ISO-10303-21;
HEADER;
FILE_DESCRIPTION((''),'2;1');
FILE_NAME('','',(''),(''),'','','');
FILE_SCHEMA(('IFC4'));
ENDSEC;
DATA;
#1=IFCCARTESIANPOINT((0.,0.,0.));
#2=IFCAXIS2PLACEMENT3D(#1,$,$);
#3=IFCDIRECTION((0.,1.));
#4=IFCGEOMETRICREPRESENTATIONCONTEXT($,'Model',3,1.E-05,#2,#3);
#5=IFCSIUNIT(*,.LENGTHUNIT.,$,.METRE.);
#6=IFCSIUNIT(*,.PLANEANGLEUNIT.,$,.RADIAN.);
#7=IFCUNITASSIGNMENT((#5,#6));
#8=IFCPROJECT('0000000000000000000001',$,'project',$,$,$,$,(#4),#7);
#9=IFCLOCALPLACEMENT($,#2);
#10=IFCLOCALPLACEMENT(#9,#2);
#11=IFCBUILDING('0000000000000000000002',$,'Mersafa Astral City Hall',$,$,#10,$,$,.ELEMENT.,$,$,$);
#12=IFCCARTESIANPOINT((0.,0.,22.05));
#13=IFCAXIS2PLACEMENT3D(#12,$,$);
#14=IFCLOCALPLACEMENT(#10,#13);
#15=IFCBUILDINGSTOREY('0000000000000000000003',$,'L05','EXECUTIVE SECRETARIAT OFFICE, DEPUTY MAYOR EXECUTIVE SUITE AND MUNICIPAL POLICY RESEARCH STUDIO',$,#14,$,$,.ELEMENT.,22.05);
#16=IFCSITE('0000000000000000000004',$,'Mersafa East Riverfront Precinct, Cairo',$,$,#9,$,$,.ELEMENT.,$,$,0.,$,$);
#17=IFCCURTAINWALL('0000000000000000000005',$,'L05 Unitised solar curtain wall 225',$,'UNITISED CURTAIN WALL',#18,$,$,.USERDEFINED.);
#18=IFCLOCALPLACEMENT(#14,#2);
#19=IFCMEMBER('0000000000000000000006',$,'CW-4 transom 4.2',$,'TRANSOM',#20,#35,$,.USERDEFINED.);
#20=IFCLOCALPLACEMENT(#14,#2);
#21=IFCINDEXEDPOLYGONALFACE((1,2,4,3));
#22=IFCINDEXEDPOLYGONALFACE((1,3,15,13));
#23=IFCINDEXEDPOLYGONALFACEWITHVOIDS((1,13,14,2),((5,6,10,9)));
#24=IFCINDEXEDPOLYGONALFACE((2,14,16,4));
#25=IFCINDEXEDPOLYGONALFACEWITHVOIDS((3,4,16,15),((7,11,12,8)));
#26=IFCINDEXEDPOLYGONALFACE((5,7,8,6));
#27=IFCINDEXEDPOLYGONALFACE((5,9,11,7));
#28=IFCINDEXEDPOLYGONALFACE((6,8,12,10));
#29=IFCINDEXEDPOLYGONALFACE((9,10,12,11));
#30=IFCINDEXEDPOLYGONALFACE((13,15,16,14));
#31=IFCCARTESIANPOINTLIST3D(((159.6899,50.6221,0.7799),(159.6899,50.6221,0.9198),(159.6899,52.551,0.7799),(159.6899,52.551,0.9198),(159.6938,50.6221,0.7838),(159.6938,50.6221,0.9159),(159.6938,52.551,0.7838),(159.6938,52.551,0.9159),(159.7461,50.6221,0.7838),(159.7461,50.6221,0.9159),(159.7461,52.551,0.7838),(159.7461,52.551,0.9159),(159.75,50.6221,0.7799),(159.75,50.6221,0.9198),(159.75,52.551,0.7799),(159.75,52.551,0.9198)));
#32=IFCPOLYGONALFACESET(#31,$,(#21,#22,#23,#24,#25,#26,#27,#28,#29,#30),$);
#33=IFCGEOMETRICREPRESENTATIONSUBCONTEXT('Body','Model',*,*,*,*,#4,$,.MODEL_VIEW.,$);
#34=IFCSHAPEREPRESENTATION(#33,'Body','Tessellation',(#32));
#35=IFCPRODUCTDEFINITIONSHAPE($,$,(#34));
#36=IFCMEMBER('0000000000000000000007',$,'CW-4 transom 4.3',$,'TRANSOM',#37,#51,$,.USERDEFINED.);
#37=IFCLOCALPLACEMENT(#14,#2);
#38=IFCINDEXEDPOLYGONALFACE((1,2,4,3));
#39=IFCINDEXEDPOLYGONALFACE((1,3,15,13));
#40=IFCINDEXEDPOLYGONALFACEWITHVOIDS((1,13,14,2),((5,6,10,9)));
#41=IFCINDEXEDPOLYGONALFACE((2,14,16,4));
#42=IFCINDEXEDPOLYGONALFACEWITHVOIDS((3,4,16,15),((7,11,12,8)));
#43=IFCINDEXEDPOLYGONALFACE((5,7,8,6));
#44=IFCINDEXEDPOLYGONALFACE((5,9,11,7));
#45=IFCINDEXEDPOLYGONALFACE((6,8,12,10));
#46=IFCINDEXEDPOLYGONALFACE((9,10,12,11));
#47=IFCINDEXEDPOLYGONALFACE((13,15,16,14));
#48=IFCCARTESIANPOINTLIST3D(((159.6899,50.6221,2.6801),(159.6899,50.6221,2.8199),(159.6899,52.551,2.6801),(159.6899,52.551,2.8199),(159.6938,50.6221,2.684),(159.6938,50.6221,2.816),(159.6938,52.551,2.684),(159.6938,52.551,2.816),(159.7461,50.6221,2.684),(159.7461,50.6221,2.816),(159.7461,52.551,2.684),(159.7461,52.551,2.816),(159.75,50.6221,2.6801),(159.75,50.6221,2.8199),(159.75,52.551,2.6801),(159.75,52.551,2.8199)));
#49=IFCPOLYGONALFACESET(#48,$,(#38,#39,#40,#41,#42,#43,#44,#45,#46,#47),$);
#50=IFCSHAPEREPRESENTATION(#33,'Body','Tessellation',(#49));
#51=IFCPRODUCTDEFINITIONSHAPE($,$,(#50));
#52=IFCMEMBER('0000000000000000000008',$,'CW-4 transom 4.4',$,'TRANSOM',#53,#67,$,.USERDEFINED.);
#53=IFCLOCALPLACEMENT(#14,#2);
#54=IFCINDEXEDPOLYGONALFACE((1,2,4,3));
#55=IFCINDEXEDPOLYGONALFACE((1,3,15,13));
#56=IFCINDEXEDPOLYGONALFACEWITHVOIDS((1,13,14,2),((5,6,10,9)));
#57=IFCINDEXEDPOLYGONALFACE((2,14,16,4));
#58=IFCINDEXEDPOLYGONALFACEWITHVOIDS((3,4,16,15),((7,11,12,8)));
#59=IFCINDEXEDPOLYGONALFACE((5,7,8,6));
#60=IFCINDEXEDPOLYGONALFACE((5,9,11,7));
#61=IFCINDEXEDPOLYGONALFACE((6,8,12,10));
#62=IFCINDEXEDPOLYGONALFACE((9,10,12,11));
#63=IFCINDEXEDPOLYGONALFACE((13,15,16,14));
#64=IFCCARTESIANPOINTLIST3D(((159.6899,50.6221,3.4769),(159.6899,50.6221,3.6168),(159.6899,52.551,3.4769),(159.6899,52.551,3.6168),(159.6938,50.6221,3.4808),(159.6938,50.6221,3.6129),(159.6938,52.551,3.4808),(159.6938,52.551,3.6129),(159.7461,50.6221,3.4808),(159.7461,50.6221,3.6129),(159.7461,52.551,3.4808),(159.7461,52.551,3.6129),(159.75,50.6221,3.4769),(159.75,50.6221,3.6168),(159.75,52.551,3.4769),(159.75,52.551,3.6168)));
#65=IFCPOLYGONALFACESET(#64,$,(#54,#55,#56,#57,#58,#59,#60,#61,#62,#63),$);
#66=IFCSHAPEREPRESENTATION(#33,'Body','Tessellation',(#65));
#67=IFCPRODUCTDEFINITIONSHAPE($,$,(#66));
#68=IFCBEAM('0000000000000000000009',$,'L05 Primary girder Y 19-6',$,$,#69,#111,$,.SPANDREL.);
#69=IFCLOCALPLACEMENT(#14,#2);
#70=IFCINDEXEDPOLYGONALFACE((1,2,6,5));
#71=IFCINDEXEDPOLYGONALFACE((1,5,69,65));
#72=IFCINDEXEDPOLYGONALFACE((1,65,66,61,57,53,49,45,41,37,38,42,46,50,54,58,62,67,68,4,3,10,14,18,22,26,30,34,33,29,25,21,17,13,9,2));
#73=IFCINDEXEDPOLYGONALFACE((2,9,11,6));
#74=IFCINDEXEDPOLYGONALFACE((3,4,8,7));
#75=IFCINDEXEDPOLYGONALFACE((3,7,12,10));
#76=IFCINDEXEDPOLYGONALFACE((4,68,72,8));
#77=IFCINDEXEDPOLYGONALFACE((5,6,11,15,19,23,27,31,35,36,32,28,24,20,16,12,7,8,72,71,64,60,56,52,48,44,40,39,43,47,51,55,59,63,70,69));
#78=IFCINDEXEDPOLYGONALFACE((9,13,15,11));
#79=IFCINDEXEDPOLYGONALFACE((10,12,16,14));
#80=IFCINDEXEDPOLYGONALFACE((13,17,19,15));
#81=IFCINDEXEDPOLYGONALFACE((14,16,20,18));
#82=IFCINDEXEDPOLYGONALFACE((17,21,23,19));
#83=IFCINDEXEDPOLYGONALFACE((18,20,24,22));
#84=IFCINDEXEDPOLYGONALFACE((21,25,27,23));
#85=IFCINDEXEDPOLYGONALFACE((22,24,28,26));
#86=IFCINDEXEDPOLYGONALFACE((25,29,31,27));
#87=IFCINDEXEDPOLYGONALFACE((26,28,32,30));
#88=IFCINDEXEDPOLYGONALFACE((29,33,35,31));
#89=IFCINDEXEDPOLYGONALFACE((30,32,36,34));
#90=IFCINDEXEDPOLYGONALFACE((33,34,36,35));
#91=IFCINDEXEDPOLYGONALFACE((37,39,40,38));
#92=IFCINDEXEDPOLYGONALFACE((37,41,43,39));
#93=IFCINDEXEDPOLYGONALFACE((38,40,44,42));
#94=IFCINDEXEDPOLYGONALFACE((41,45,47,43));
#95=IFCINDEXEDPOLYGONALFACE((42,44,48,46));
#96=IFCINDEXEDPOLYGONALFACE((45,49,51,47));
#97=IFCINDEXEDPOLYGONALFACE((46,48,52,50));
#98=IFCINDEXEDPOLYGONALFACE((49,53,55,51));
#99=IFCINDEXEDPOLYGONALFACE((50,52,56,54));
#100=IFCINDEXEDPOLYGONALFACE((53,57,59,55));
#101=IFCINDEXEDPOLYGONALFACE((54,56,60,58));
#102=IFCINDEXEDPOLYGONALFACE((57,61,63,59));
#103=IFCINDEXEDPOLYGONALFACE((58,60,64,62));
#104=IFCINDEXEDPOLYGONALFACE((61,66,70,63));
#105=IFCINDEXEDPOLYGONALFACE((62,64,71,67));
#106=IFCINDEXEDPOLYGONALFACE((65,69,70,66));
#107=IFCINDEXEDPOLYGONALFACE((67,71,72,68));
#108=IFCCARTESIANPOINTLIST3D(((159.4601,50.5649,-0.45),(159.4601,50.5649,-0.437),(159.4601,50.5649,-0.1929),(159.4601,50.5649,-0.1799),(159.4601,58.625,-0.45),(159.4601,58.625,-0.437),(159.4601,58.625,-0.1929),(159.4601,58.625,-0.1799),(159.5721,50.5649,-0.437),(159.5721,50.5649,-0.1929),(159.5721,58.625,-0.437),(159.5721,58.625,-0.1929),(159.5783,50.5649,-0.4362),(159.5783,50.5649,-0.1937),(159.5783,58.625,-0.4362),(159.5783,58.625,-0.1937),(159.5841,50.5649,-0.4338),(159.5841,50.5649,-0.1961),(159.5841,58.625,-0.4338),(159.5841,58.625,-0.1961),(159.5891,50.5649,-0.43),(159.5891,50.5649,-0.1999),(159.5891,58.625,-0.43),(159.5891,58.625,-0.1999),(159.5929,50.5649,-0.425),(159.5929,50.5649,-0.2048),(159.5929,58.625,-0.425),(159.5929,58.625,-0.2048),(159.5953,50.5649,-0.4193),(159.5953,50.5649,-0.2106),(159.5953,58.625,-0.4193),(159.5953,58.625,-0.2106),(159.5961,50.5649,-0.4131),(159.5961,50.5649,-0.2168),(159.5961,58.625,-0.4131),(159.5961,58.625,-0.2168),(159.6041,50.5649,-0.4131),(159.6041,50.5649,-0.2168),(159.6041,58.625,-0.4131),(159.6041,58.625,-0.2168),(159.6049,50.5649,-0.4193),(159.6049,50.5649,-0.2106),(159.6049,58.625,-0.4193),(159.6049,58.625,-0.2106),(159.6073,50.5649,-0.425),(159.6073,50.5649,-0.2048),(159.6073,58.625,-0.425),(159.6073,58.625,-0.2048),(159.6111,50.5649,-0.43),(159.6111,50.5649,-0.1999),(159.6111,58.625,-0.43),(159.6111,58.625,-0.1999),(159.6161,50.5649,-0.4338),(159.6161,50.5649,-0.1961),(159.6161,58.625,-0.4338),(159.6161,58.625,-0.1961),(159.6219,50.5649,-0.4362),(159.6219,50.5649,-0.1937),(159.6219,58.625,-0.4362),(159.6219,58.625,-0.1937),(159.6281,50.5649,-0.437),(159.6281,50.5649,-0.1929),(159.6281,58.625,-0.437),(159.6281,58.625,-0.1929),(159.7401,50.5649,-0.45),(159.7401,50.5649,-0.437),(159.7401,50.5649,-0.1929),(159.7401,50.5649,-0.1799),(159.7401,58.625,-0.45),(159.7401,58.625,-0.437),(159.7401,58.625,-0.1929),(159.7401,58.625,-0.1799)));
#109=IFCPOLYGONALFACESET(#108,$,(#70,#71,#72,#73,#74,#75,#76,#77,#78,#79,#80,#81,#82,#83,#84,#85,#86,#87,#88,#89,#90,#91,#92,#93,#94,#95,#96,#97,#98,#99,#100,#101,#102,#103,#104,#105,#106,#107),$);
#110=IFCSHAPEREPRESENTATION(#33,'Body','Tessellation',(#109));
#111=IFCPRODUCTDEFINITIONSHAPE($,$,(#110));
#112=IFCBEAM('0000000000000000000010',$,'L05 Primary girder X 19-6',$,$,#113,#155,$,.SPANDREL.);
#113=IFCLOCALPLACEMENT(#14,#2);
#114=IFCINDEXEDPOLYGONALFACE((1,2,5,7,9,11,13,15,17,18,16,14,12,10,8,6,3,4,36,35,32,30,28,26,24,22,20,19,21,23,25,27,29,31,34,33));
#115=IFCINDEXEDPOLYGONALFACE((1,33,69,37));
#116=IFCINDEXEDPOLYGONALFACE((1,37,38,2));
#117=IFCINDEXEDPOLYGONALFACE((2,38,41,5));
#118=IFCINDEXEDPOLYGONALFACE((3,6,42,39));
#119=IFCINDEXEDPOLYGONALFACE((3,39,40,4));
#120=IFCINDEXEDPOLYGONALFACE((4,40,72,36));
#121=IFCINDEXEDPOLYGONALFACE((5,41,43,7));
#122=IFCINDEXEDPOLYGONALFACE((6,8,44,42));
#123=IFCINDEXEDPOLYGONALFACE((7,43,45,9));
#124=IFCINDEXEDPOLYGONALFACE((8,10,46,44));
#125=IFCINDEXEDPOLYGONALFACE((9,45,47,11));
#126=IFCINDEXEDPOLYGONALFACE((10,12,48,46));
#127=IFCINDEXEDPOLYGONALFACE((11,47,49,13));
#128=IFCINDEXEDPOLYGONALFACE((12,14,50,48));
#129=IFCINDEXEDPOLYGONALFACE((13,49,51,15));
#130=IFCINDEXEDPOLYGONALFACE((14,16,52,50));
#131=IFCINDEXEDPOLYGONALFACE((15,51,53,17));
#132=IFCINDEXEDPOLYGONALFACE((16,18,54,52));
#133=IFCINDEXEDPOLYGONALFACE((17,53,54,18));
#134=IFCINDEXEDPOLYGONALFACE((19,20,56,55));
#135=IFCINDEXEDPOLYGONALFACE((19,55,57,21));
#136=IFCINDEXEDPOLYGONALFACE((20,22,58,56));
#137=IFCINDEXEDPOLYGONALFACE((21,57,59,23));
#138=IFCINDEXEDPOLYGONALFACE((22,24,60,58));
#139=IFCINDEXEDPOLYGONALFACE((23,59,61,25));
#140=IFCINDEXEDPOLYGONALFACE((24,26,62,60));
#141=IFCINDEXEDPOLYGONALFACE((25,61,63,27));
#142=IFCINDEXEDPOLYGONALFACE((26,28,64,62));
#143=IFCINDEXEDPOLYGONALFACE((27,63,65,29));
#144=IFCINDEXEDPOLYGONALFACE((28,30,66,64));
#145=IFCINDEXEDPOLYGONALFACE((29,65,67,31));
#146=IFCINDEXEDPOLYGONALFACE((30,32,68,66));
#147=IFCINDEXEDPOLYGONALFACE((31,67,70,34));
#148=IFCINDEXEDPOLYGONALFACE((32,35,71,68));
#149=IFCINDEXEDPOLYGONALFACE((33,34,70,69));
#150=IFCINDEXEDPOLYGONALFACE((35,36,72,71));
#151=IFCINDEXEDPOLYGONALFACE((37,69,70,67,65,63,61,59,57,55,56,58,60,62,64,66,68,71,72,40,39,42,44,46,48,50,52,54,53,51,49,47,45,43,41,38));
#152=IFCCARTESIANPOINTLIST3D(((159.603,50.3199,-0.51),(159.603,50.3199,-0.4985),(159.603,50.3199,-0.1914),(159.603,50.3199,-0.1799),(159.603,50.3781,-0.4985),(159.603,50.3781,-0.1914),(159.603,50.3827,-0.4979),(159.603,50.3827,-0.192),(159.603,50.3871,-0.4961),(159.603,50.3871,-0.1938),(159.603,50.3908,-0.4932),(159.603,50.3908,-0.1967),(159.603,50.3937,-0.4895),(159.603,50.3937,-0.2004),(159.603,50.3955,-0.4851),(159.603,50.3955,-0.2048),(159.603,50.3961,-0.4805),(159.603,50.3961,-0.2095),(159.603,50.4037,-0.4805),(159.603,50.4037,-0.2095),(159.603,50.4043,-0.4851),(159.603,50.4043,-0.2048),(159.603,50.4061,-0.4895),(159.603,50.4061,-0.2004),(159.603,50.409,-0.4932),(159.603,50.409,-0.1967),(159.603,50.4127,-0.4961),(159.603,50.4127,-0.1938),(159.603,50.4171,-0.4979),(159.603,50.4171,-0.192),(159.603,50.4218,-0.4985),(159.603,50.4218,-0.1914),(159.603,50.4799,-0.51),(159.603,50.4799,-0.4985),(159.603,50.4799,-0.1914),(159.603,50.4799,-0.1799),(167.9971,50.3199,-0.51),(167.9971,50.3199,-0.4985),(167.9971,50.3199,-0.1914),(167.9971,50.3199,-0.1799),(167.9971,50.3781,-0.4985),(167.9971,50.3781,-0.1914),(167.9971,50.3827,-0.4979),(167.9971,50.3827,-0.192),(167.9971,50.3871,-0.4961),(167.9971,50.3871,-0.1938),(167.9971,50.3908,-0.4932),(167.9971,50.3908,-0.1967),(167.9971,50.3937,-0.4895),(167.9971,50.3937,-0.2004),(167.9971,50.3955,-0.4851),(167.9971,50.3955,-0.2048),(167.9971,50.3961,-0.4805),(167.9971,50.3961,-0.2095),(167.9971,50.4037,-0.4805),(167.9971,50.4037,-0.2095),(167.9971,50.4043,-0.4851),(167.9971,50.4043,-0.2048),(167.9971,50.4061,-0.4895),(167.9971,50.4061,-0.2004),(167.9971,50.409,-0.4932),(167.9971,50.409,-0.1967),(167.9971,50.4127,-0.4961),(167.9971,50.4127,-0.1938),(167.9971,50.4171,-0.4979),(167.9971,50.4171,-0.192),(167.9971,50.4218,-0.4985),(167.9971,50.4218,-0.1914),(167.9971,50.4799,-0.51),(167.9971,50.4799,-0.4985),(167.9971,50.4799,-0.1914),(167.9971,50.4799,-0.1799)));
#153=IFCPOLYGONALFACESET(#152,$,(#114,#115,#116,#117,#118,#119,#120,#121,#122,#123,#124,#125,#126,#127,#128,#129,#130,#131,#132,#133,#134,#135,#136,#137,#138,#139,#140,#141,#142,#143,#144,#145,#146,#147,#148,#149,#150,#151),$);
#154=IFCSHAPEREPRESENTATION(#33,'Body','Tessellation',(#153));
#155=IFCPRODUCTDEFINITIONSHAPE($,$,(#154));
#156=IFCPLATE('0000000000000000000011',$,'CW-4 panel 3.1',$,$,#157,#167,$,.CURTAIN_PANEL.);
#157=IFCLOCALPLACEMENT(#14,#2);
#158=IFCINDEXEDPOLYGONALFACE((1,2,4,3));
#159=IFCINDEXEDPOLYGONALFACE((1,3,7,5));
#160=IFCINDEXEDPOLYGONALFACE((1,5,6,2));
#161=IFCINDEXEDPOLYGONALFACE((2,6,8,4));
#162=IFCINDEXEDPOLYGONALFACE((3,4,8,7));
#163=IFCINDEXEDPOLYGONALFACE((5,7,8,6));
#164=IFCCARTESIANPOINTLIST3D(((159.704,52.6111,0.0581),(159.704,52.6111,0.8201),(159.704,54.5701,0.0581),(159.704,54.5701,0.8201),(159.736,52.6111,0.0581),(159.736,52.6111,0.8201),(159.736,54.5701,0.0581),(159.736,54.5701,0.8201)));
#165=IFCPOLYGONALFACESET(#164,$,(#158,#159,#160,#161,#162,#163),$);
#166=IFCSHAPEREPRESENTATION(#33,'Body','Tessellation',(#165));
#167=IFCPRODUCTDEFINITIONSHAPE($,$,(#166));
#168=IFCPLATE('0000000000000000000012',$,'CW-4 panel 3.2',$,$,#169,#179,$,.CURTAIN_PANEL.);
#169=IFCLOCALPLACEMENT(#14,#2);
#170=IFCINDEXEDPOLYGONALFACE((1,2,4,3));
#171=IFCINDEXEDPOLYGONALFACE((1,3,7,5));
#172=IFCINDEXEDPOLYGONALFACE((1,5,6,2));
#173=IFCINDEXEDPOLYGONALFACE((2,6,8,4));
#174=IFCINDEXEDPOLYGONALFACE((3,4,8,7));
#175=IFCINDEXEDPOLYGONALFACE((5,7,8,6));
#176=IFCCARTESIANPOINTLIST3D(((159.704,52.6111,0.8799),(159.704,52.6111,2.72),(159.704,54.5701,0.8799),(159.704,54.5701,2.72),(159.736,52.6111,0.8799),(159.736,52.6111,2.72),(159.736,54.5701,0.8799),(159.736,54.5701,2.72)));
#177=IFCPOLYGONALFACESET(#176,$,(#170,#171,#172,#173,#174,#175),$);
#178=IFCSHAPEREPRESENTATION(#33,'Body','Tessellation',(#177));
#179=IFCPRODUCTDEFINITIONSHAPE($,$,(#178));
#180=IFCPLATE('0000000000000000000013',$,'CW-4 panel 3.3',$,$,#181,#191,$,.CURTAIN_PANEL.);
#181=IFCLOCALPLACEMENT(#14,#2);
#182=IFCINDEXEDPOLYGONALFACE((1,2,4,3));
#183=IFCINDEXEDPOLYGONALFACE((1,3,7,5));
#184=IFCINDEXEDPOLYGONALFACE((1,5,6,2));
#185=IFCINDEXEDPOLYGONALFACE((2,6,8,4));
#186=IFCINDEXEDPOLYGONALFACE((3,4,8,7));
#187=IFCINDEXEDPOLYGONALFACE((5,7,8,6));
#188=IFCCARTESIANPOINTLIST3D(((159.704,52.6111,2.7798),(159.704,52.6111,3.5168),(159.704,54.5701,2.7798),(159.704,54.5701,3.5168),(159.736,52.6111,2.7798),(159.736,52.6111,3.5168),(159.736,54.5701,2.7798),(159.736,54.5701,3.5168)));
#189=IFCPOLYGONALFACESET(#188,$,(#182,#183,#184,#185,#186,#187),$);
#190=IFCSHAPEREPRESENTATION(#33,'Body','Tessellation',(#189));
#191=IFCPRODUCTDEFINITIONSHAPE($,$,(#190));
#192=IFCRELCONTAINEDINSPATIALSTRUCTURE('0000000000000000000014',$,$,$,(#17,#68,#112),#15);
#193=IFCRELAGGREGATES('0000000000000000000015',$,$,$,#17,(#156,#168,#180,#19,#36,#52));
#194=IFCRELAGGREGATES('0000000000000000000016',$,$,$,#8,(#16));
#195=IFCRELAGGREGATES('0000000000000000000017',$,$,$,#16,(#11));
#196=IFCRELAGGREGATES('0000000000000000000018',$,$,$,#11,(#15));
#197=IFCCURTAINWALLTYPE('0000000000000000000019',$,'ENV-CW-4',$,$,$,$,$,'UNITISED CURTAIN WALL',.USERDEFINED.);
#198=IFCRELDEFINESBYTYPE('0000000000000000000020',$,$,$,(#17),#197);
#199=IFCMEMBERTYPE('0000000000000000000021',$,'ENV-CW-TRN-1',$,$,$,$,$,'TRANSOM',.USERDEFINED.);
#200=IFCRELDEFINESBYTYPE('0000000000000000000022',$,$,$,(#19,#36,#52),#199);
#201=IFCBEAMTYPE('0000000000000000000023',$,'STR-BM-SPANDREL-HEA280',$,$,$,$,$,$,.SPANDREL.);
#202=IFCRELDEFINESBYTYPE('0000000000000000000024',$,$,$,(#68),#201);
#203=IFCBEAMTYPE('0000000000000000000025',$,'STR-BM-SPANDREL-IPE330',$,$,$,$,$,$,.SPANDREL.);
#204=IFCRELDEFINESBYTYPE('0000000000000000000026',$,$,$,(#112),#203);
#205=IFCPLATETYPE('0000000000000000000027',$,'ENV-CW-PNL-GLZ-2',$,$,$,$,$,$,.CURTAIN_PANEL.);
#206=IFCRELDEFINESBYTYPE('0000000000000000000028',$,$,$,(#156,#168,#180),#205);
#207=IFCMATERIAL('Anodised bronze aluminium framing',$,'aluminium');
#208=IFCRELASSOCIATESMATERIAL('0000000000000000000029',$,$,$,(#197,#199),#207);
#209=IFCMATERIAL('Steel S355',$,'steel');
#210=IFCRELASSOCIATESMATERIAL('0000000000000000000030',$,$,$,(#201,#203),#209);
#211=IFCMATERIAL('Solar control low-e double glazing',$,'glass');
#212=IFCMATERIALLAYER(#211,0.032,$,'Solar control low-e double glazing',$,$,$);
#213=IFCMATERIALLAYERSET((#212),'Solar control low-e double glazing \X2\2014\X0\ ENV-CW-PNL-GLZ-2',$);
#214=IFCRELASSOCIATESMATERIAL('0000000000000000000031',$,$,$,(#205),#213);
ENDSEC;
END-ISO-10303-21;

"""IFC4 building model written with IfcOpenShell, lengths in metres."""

from ifc_helpers import new_model, si_unit, direction, frame, origin, origin_2d, place, context, subcontext, project, spatial, rectangle, hollow_rectangle, i_section, extrude, material, layer, layer_set, material_profile, profile_set, type_object, element, aggregate, save


model = new_model("IFC4")

# Units and contexts
model_context = context("Model", 3, precision=1e-05, world=origin(), true_north=direction((0.0, 1.0)))
body_context = subcontext(model_context, "Body", "Model", "MODEL_VIEW")
ifc_project = project(units=[si_unit("LENGTHUNIT", "METRE"), si_unit("PLANEANGLEUNIT", "RADIAN")], contexts=[model_context])

# Site, building, storey
site_placement = place(None, origin())
site = spatial("IfcSite", under=ifc_project, at=site_placement, Name="Mersafa East Riverfront Precinct, Cairo", CompositionType="ELEMENT", RefElevation=0.0)
building_placement = place(site_placement, origin())
building = spatial("IfcBuilding", under=site, at=building_placement, Name="Mersafa Astral City Hall", CompositionType="ELEMENT")
storey_placement = place(building_placement, frame((0.0, 0.0, 22.05)))
storey = spatial("IfcBuildingStorey", under=building, at=storey_placement, Name="L05", Description="EXECUTIVE SECRETARIAT OFFICE, DEPUTY MAYOR EXECUTIVE SUITE AND MUNICIPAL POLICY RESEARCH STUDIO", CompositionType="ELEMENT", Elevation=22.05)

# Shared definitions
ifc_material_1 = material(Name="Steel S355", Category="steel")

# Curtain wall, members
ifc_material_2 = material(Name="Anodised bronze aluminium framing", Category="aluminium")
curtain_wall_type = type_object("IfcCurtainWallType", Name="ENV-CW-4", ElementType="UNITISED CURTAIN WALL", PredefinedType="USERDEFINED", material=ifc_material_2)
curtain_wall_placement = place(storey_placement, origin())
curtain_wall = element("IfcCurtainWall", 1, at=curtain_wall_placement, inside=storey, type_object=curtain_wall_type, Name="L05 Unitised solar curtain wall 225", ObjectType="UNITISED CURTAIN WALL", PredefinedType="USERDEFINED")
ifc_material_profile_1 = material_profile(ifc_material_2, hollow_rectangle(XDim=0.0601, YDim=0.1399, WallThickness=0.0039, at=origin_2d()), Name="RHS 60x140x4")
ifc_profile_set_1 = profile_set([ifc_material_profile_1], Name="Anodised bronze aluminium framing")
member_type_1 = type_object("IfcMemberType", Name="ENV-CW-TRN-1", ElementType="TRANSOM", PredefinedType="USERDEFINED", material=ifc_profile_set_1)
member_1_placement = place(storey_placement, frame((159.72, 52.551, 0.8499), z_axis=(0.0, -1.0, 0.0), x_axis=(1.0, 0.0, 0.0)))
member_1 = element("IfcMember", 2, at=member_1_placement, type_object=member_type_1, Name="CW-4 transom 4.2", ObjectType="TRANSOM", PredefinedType="USERDEFINED", context=body_context, shape_type="SweptSolid", body=[
    extrude(hollow_rectangle(XDim=0.0601, YDim=0.1399, WallThickness=0.0039, at=origin_2d()), origin(), (0.0, 0.0, 1.0), 1.929),
])
member_2_placement = place(storey_placement, frame((159.72, 52.551, 2.75), z_axis=(0.0, -1.0, 0.0), x_axis=(1.0, 0.0, 0.0)))
member_2 = element("IfcMember", 3, at=member_2_placement, type_object=member_type_1, Name="CW-4 transom 4.3", ObjectType="TRANSOM", PredefinedType="USERDEFINED", context=body_context, shape_type="SweptSolid", body=[
    extrude(hollow_rectangle(XDim=0.0601, YDim=0.1399, WallThickness=0.0039, at=origin_2d()), origin(), (0.0, 0.0, 1.0), 1.929),
])
member_3_placement = place(storey_placement, frame((159.72, 52.551, 3.5469), z_axis=(0.0, -1.0, 0.0), x_axis=(1.0, 0.0, 0.0)))
member_3 = element("IfcMember", 4, at=member_3_placement, type_object=member_type_1, Name="CW-4 transom 4.4", ObjectType="TRANSOM", PredefinedType="USERDEFINED", context=body_context, shape_type="SweptSolid", body=[
    extrude(hollow_rectangle(XDim=0.0601, YDim=0.1399, WallThickness=0.0039, at=origin_2d()), origin(), (0.0, 0.0, 1.0), 1.929),
])

# Beams
ifc_material_profile_2 = material_profile(ifc_material_1, i_section(OverallWidth=0.28, OverallDepth=0.27, WebThickness=0.0081, FlangeThickness=0.0129, FilletRadius=0.0239, at=origin_2d()), Name="HEA 280")
ifc_profile_set_2 = profile_set([ifc_material_profile_2], Name="Steel S355")
beam_type_1 = type_object("IfcBeamType", Name="STR-BM-SPANDREL-HEA280", PredefinedType="SPANDREL", material=ifc_profile_set_2)
beam_1_placement = place(storey_placement, frame((159.6001, 50.5649, -0.3149), z_axis=(0.0, 1.0, 0.0), x_axis=(-1.0, 0.0, 0.0)))
element("IfcBeam", 5, at=beam_1_placement, inside=storey, type_object=beam_type_1, Name="L05 Primary girder Y 19-6", PredefinedType="SPANDREL", context=body_context, shape_type="SweptSolid", body=[
    extrude(i_section(OverallWidth=0.28, OverallDepth=0.27, WebThickness=0.0081, FlangeThickness=0.0129, FilletRadius=0.0239, at=origin_2d()), origin(), (0.0, 0.0, 1.0), 8.0601),
])
ifc_material_profile_3 = material_profile(ifc_material_1, i_section(OverallWidth=0.1599, OverallDepth=0.3301, WebThickness=0.0076, FlangeThickness=0.0115, FilletRadius=0.0181, at=origin_2d()), Name="IPE 330")
ifc_profile_set_3 = profile_set([ifc_material_profile_3], Name="Steel S355")
beam_type_2 = type_object("IfcBeamType", Name="STR-BM-SPANDREL-IPE330", PredefinedType="SPANDREL", material=ifc_profile_set_3)
beam_2_placement = place(storey_placement, frame((159.603, 50.3999, -0.345), z_axis=(1.0, 0.0, 0.0), x_axis=(0.0, 1.0, 0.0)))
element("IfcBeam", 6, at=beam_2_placement, inside=storey, type_object=beam_type_2, Name="L05 Primary girder X 19-6", PredefinedType="SPANDREL", context=body_context, shape_type="SweptSolid", body=[
    extrude(i_section(OverallWidth=0.1599, OverallDepth=0.3301, WebThickness=0.0076, FlangeThickness=0.0115, FilletRadius=0.0181, at=origin_2d()), origin(), (0.0, 0.0, 1.0), 8.394),
])

# Plates
ifc_material_3 = material(Name="Solar control low-e double glazing", Category="glass")
ifc_layer_1 = layer(ifc_material_3, 0.032, Name="Solar control low-e double glazing")
ifc_layer_set_1 = layer_set([ifc_layer_1], Name="Solar control low-e double glazing — ENV-CW-PNL-GLZ-2")
plate_type = type_object("IfcPlateType", Name="ENV-CW-PNL-GLZ-2", PredefinedType="CURTAIN_PANEL", material=ifc_layer_set_1)
plate_1_placement = place(storey_placement, frame((159.72, 53.5906, 0.0581), z_axis=(0.0, 0.0, 1.0), x_axis=(0.0, -1.0, 0.0)))
plate_1 = element("IfcPlate", 7, at=plate_1_placement, type_object=plate_type, Name="CW-4 panel 3.1", PredefinedType="CURTAIN_PANEL", context=body_context, shape_type="SweptSolid", body=[
    extrude(rectangle(XDim=1.959, YDim=0.032, at=origin_2d()), origin(), (0.0, 0.0, 1.0), 0.762),
])
plate_2_placement = place(storey_placement, frame((159.72, 53.5906, 0.8799), z_axis=(0.0, 0.0, 1.0), x_axis=(0.0, -1.0, 0.0)))
plate_2 = element("IfcPlate", 8, at=plate_2_placement, type_object=plate_type, Name="CW-4 panel 3.2", PredefinedType="CURTAIN_PANEL", context=body_context, shape_type="SweptSolid", body=[
    extrude(rectangle(XDim=1.959, YDim=0.032, at=origin_2d()), origin(), (0.0, 0.0, 1.0), 1.8401),
])
plate_3_placement = place(storey_placement, frame((159.72, 53.5906, 2.7798), z_axis=(0.0, 0.0, 1.0), x_axis=(0.0, -1.0, 0.0)))
plate_3 = element("IfcPlate", 9, at=plate_3_placement, type_object=plate_type, Name="CW-4 panel 3.3", PredefinedType="CURTAIN_PANEL", context=body_context, shape_type="SweptSolid", body=[
    extrude(rectangle(XDim=1.959, YDim=0.032, at=origin_2d()), origin(), (0.0, 0.0, 1.0), 0.7371),
])
aggregate(curtain_wall, [plate_1, plate_2, plate_3, member_1, member_2, member_3])

save(model, "model.ifc")
